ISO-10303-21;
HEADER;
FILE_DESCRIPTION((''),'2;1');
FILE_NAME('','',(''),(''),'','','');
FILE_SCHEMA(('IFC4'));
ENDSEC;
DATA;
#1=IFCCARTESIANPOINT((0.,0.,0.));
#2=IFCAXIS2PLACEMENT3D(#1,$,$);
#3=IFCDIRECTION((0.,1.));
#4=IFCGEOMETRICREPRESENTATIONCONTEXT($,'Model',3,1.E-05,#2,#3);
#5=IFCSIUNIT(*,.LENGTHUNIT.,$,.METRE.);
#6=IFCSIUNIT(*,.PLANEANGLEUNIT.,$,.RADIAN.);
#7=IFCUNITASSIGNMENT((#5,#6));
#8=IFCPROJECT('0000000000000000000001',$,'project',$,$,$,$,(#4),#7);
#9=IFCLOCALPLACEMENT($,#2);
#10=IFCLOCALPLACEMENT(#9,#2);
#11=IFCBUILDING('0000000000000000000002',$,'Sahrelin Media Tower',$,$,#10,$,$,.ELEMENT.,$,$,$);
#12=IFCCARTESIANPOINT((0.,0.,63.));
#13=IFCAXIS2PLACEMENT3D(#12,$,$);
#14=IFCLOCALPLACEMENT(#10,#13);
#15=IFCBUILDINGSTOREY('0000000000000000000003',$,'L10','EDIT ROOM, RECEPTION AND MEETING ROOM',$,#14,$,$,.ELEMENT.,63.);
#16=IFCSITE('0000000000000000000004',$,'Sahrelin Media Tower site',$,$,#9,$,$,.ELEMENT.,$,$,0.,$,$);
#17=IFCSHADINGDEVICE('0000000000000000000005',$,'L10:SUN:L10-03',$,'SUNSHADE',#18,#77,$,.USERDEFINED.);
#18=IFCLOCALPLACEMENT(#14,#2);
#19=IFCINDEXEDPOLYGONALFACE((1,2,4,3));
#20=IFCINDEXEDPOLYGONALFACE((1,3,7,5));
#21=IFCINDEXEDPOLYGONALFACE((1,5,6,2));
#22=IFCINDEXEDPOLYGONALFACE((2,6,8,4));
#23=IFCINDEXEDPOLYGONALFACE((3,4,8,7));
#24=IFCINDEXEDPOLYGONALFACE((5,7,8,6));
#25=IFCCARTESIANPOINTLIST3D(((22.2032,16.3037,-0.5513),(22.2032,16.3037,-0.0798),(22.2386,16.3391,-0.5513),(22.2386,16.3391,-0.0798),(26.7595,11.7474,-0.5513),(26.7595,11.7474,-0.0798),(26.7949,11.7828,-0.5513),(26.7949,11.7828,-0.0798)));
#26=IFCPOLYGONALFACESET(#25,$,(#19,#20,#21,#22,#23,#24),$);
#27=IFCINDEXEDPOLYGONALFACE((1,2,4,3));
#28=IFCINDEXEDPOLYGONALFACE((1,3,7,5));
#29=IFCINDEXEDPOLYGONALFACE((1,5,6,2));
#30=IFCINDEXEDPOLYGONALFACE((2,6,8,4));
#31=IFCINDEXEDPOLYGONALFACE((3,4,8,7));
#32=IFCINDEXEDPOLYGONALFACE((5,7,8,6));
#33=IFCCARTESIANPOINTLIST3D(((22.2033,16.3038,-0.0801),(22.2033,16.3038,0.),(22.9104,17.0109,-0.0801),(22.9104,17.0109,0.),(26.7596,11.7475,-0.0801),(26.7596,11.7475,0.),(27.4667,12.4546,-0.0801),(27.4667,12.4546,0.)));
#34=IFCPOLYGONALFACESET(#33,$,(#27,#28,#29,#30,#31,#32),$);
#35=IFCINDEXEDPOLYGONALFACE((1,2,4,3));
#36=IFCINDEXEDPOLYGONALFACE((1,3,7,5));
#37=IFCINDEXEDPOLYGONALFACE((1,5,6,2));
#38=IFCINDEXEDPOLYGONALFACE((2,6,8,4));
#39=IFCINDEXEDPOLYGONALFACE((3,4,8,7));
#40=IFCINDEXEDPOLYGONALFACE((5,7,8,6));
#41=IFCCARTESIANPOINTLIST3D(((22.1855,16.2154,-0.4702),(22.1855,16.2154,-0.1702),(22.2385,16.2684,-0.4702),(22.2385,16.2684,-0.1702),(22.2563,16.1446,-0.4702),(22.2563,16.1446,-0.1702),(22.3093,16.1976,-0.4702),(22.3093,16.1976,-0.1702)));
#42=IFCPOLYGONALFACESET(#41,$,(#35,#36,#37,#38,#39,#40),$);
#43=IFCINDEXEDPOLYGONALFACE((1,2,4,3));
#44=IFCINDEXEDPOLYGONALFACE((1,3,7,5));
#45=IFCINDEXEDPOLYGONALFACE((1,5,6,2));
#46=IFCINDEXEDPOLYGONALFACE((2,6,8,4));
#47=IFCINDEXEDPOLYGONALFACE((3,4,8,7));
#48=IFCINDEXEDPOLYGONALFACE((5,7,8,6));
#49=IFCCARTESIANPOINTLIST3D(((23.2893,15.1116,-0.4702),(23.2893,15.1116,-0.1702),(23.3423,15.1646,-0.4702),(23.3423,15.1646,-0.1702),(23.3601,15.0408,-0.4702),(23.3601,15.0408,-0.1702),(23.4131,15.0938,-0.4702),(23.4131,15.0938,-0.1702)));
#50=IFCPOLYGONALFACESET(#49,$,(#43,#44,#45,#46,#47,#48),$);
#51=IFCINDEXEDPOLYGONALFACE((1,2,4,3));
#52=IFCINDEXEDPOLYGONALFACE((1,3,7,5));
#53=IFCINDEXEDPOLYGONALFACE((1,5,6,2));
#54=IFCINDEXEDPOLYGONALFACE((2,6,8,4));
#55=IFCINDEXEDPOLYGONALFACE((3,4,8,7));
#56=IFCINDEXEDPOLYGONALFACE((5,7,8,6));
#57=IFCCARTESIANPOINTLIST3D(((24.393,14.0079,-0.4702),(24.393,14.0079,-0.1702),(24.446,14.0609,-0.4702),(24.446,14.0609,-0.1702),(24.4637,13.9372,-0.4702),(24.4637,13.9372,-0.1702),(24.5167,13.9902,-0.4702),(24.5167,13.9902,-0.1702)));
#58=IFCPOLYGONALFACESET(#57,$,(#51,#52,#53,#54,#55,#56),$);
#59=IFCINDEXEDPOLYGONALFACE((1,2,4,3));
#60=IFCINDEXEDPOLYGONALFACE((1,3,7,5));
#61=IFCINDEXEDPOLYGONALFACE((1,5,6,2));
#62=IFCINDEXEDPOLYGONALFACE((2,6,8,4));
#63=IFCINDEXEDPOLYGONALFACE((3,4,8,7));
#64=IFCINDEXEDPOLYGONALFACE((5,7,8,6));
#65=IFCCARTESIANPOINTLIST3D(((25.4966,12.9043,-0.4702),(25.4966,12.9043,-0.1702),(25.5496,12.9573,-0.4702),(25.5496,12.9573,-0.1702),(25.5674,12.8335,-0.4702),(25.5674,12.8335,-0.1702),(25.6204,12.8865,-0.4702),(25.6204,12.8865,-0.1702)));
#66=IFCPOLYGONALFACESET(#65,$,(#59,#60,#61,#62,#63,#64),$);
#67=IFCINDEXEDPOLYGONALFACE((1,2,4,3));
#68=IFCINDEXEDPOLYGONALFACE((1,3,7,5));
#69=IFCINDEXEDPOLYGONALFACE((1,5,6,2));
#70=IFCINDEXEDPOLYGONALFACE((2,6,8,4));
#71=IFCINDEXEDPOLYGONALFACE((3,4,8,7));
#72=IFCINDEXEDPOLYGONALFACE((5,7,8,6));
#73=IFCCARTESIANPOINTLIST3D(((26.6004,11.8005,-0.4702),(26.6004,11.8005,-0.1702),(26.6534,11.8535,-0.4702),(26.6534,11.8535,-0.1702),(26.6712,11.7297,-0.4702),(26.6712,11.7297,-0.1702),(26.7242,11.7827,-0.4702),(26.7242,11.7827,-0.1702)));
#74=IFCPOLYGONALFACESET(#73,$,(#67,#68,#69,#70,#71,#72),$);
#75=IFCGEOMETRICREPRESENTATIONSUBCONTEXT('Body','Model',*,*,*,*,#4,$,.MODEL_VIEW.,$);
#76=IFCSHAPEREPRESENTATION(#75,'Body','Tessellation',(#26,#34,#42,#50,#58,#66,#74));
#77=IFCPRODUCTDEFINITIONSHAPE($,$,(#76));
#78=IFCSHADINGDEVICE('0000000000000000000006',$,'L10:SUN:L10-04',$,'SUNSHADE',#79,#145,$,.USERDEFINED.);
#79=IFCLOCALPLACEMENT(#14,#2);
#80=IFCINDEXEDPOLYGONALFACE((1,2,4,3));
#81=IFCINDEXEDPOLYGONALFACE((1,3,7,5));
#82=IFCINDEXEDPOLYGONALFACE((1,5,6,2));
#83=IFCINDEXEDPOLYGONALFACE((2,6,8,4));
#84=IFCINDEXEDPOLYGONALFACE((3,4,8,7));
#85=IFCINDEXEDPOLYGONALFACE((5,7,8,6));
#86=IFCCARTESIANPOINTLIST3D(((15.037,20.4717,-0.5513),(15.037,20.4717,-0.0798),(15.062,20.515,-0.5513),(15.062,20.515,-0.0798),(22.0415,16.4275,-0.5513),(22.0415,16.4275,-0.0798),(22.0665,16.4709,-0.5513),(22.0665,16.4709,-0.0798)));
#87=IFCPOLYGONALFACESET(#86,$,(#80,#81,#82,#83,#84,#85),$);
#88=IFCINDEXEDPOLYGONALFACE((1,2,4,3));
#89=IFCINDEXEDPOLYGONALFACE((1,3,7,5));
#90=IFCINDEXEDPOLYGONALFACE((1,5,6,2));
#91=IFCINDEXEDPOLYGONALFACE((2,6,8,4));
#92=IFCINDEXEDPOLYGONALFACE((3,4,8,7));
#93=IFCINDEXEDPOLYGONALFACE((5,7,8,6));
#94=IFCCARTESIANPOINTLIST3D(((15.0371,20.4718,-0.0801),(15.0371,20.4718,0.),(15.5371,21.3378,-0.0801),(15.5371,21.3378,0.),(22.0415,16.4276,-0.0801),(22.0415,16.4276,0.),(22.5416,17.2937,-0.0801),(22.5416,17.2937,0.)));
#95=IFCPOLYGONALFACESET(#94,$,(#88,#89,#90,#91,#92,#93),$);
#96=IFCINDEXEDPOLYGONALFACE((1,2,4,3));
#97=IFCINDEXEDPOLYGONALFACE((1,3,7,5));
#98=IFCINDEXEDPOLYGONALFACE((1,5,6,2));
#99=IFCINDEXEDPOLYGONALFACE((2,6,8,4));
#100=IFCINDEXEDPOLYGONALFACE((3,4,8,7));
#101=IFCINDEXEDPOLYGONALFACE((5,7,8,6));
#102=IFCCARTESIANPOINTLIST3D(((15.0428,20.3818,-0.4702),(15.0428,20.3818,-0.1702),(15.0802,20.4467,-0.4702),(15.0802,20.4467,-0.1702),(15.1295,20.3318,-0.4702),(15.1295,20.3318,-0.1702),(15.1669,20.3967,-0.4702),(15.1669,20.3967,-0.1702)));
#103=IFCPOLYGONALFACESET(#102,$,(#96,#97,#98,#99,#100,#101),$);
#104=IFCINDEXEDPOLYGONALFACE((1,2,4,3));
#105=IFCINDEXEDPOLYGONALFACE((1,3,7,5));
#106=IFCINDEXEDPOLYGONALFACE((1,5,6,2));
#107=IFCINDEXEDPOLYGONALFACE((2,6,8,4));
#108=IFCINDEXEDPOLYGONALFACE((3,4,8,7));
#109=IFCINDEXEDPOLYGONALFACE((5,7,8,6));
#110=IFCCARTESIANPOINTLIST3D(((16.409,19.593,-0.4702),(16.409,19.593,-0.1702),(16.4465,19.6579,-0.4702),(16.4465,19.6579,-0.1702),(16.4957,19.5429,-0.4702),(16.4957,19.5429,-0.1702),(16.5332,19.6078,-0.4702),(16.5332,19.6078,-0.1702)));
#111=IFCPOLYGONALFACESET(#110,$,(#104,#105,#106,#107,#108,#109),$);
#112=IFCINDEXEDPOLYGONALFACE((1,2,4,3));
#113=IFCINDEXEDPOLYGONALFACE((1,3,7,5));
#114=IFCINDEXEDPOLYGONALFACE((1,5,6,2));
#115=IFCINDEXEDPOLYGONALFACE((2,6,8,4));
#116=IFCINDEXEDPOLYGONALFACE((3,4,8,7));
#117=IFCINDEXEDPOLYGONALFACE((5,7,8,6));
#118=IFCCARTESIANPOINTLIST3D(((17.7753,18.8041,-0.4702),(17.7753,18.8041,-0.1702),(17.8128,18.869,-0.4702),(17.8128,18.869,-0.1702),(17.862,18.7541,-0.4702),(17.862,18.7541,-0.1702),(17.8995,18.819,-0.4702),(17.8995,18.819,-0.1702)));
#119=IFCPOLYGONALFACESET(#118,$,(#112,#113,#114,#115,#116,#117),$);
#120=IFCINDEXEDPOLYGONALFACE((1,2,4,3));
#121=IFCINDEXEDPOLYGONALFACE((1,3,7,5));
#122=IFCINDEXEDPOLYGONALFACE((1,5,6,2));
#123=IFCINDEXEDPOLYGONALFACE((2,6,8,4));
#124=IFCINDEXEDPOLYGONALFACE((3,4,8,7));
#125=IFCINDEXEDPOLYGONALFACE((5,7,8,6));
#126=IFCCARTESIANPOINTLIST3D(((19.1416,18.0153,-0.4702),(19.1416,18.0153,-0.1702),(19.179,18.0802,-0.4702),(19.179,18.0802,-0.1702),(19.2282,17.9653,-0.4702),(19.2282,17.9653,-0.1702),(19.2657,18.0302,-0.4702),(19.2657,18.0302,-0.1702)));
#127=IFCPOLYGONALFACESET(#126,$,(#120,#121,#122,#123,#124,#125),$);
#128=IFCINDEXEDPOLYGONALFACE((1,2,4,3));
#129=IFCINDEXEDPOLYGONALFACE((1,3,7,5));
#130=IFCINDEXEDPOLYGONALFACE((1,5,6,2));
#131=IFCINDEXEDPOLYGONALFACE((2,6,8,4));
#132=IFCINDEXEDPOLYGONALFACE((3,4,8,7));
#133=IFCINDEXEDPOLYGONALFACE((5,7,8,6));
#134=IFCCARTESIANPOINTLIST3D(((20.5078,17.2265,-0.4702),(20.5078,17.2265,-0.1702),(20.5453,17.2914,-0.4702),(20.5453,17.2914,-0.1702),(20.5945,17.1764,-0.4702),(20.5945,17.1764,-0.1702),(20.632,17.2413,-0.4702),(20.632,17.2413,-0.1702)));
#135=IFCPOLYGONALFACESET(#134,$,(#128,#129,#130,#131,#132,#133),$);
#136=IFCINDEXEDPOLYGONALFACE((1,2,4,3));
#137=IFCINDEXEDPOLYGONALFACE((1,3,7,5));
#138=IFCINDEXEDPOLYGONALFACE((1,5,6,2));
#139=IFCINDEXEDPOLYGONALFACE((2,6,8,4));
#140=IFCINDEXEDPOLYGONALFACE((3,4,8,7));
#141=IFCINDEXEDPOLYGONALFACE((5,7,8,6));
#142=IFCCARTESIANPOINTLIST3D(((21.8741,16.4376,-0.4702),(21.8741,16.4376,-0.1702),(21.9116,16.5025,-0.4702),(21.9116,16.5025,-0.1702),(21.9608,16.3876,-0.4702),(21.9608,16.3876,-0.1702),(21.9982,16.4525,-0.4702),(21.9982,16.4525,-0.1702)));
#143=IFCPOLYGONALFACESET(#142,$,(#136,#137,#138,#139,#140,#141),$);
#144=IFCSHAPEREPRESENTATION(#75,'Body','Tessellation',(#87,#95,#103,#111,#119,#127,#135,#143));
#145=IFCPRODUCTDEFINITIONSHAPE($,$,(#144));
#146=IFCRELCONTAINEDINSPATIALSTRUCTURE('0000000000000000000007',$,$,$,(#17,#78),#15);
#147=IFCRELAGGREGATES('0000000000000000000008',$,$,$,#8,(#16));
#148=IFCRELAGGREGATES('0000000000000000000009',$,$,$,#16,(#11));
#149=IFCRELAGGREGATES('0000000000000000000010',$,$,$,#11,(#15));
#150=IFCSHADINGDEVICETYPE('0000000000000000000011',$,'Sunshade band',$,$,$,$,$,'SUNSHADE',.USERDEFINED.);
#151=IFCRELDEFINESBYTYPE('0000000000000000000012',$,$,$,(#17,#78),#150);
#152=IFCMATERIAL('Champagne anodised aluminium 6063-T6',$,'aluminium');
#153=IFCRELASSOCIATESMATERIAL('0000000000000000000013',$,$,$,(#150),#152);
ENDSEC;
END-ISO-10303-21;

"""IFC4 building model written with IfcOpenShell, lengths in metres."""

from ifc_helpers import new_model, si_unit, direction, frame, origin, origin_2d, place, context, subcontext, project, spatial, rectangle, extrude, material, type_object, element, save


model = new_model("IFC4")

# Units and contexts
model_context = context("Model", 3, precision=1e-05, world=origin(), true_north=direction((0.0, 1.0)))
body_context = subcontext(model_context, "Body", "Model", "MODEL_VIEW")
ifc_project = project(units=[si_unit("LENGTHUNIT", "METRE"), si_unit("PLANEANGLEUNIT", "RADIAN")], contexts=[model_context])

# Site, building, storey
site_placement = place(None, origin())
site = spatial("IfcSite", under=ifc_project, at=site_placement, Name="Sahrelin Media Tower site", CompositionType="ELEMENT", RefElevation=0.0)
building_placement = place(site_placement, origin())
building = spatial("IfcBuilding", under=site, at=building_placement, Name="Sahrelin Media Tower", CompositionType="ELEMENT")
storey_placement = place(building_placement, frame((0.0, 0.0, 63.0)))
storey = spatial("IfcBuildingStorey", under=building, at=storey_placement, Name="L10", Description="EDIT ROOM, RECEPTION AND MEETING ROOM", CompositionType="ELEMENT", Elevation=63.0)

# Shared definitions
ifc_material_1 = material(Name="Champagne anodised aluminium 6063-T6", Category="aluminium")

# Shading devices
placement_1 = place(storey_placement, frame((24.4673, 14.0115, 0.0), z_axis=(0.0, 0.0, 1.0), x_axis=(0.707107, -0.707107, 0.0)))
placement_2 = place(storey_placement, frame((18.5293, 18.4324, 0.0), z_axis=(0.0, 0.0, 1.0), x_axis=(0.866019, -0.500011, 0.0)))
shading_device_type_1 = type_object("IfcShadingDeviceType", Name="Sunshade band", ElementType="SUNSHADE", PredefinedType="USERDEFINED", material=ifc_material_1)
element("IfcShadingDevice", 1, at=placement_1, inside=storey, type_object=shading_device_type_1, Name="L10:SUN:L10-03", ObjectType="SUNSHADE", PredefinedType="USERDEFINED", context=body_context, shape_type="SweptSolid", body=[
    extrude(rectangle(XDim=6.4436, YDim=0.05, at=origin_2d()), frame((0.0, 0.0449, -0.5513)), (0.0, 0.0, 1.0), 0.4714),
    extrude(rectangle(XDim=6.4436, YDim=1.0, at=origin_2d()), frame((0.0, 0.52, -0.0801)), (0.0, 0.0, 1.0), 0.0801),
    extrude(rectangle(XDim=0.1001, YDim=0.075, at=origin_2d()), frame((-3.1218, -0.0176, -0.4702)), (0.0, 0.0, 1.0), 0.3),
    extrude(rectangle(XDim=0.1001, YDim=0.075, at=origin_2d()), frame((-1.5608, -0.0176, -0.4702)), (0.0, 0.0, 1.0), 0.3),
    extrude(rectangle(XDim=0.1001, YDim=0.075, at=origin_2d()), frame((0.0, -0.0176, -0.4702)), (0.0, 0.0, 1.0), 0.3),
    extrude(rectangle(XDim=0.1001, YDim=0.075, at=origin_2d()), frame((1.5608, -0.0176, -0.4702)), (0.0, 0.0, 1.0), 0.3),
    extrude(rectangle(XDim=0.1001, YDim=0.075, at=origin_2d()), frame((3.1218, -0.0176, -0.4702)), (0.0, 0.0, 1.0), 0.3),
])
element("IfcShadingDevice", 2, at=placement_2, inside=storey, type_object=shading_device_type_1, Name="L10:SUN:L10-04", ObjectType="SUNSHADE", PredefinedType="USERDEFINED", context=body_context, shape_type="SweptSolid", body=[
    extrude(rectangle(XDim=8.0881, YDim=0.05, at=origin_2d()), frame((0.0, 0.0449, -0.5513)), (0.0, 0.0, 1.0), 0.4714),
    extrude(rectangle(XDim=8.0881, YDim=1.0, at=origin_2d()), frame((0.0, 0.52, -0.0801)), (0.0, 0.0, 1.0), 0.0801),
    extrude(rectangle(XDim=0.1001, YDim=0.075, at=origin_2d()), frame((-3.9441, -0.0176, -0.4702)), (0.0, 0.0, 1.0), 0.3),
    extrude(rectangle(XDim=0.1001, YDim=0.075, at=origin_2d()), frame((-2.3665, -0.0176, -0.4702)), (0.0, 0.0, 1.0), 0.3),
    extrude(rectangle(XDim=0.1001, YDim=0.075, at=origin_2d()), frame((-0.7888, -0.0176, -0.4702)), (0.0, 0.0, 1.0), 0.3),
    extrude(rectangle(XDim=0.1001, YDim=0.075, at=origin_2d()), frame((0.7888, -0.0176, -0.4702)), (0.0, 0.0, 1.0), 0.3),
    extrude(rectangle(XDim=0.1001, YDim=0.075, at=origin_2d()), frame((2.3665, -0.0176, -0.4702)), (0.0, 0.0, 1.0), 0.3),
    extrude(rectangle(XDim=0.1001, YDim=0.075, at=origin_2d()), frame((3.9441, -0.0176, -0.4702)), (0.0, 0.0, 1.0), 0.3),
])

save(model, "model.ifc")
